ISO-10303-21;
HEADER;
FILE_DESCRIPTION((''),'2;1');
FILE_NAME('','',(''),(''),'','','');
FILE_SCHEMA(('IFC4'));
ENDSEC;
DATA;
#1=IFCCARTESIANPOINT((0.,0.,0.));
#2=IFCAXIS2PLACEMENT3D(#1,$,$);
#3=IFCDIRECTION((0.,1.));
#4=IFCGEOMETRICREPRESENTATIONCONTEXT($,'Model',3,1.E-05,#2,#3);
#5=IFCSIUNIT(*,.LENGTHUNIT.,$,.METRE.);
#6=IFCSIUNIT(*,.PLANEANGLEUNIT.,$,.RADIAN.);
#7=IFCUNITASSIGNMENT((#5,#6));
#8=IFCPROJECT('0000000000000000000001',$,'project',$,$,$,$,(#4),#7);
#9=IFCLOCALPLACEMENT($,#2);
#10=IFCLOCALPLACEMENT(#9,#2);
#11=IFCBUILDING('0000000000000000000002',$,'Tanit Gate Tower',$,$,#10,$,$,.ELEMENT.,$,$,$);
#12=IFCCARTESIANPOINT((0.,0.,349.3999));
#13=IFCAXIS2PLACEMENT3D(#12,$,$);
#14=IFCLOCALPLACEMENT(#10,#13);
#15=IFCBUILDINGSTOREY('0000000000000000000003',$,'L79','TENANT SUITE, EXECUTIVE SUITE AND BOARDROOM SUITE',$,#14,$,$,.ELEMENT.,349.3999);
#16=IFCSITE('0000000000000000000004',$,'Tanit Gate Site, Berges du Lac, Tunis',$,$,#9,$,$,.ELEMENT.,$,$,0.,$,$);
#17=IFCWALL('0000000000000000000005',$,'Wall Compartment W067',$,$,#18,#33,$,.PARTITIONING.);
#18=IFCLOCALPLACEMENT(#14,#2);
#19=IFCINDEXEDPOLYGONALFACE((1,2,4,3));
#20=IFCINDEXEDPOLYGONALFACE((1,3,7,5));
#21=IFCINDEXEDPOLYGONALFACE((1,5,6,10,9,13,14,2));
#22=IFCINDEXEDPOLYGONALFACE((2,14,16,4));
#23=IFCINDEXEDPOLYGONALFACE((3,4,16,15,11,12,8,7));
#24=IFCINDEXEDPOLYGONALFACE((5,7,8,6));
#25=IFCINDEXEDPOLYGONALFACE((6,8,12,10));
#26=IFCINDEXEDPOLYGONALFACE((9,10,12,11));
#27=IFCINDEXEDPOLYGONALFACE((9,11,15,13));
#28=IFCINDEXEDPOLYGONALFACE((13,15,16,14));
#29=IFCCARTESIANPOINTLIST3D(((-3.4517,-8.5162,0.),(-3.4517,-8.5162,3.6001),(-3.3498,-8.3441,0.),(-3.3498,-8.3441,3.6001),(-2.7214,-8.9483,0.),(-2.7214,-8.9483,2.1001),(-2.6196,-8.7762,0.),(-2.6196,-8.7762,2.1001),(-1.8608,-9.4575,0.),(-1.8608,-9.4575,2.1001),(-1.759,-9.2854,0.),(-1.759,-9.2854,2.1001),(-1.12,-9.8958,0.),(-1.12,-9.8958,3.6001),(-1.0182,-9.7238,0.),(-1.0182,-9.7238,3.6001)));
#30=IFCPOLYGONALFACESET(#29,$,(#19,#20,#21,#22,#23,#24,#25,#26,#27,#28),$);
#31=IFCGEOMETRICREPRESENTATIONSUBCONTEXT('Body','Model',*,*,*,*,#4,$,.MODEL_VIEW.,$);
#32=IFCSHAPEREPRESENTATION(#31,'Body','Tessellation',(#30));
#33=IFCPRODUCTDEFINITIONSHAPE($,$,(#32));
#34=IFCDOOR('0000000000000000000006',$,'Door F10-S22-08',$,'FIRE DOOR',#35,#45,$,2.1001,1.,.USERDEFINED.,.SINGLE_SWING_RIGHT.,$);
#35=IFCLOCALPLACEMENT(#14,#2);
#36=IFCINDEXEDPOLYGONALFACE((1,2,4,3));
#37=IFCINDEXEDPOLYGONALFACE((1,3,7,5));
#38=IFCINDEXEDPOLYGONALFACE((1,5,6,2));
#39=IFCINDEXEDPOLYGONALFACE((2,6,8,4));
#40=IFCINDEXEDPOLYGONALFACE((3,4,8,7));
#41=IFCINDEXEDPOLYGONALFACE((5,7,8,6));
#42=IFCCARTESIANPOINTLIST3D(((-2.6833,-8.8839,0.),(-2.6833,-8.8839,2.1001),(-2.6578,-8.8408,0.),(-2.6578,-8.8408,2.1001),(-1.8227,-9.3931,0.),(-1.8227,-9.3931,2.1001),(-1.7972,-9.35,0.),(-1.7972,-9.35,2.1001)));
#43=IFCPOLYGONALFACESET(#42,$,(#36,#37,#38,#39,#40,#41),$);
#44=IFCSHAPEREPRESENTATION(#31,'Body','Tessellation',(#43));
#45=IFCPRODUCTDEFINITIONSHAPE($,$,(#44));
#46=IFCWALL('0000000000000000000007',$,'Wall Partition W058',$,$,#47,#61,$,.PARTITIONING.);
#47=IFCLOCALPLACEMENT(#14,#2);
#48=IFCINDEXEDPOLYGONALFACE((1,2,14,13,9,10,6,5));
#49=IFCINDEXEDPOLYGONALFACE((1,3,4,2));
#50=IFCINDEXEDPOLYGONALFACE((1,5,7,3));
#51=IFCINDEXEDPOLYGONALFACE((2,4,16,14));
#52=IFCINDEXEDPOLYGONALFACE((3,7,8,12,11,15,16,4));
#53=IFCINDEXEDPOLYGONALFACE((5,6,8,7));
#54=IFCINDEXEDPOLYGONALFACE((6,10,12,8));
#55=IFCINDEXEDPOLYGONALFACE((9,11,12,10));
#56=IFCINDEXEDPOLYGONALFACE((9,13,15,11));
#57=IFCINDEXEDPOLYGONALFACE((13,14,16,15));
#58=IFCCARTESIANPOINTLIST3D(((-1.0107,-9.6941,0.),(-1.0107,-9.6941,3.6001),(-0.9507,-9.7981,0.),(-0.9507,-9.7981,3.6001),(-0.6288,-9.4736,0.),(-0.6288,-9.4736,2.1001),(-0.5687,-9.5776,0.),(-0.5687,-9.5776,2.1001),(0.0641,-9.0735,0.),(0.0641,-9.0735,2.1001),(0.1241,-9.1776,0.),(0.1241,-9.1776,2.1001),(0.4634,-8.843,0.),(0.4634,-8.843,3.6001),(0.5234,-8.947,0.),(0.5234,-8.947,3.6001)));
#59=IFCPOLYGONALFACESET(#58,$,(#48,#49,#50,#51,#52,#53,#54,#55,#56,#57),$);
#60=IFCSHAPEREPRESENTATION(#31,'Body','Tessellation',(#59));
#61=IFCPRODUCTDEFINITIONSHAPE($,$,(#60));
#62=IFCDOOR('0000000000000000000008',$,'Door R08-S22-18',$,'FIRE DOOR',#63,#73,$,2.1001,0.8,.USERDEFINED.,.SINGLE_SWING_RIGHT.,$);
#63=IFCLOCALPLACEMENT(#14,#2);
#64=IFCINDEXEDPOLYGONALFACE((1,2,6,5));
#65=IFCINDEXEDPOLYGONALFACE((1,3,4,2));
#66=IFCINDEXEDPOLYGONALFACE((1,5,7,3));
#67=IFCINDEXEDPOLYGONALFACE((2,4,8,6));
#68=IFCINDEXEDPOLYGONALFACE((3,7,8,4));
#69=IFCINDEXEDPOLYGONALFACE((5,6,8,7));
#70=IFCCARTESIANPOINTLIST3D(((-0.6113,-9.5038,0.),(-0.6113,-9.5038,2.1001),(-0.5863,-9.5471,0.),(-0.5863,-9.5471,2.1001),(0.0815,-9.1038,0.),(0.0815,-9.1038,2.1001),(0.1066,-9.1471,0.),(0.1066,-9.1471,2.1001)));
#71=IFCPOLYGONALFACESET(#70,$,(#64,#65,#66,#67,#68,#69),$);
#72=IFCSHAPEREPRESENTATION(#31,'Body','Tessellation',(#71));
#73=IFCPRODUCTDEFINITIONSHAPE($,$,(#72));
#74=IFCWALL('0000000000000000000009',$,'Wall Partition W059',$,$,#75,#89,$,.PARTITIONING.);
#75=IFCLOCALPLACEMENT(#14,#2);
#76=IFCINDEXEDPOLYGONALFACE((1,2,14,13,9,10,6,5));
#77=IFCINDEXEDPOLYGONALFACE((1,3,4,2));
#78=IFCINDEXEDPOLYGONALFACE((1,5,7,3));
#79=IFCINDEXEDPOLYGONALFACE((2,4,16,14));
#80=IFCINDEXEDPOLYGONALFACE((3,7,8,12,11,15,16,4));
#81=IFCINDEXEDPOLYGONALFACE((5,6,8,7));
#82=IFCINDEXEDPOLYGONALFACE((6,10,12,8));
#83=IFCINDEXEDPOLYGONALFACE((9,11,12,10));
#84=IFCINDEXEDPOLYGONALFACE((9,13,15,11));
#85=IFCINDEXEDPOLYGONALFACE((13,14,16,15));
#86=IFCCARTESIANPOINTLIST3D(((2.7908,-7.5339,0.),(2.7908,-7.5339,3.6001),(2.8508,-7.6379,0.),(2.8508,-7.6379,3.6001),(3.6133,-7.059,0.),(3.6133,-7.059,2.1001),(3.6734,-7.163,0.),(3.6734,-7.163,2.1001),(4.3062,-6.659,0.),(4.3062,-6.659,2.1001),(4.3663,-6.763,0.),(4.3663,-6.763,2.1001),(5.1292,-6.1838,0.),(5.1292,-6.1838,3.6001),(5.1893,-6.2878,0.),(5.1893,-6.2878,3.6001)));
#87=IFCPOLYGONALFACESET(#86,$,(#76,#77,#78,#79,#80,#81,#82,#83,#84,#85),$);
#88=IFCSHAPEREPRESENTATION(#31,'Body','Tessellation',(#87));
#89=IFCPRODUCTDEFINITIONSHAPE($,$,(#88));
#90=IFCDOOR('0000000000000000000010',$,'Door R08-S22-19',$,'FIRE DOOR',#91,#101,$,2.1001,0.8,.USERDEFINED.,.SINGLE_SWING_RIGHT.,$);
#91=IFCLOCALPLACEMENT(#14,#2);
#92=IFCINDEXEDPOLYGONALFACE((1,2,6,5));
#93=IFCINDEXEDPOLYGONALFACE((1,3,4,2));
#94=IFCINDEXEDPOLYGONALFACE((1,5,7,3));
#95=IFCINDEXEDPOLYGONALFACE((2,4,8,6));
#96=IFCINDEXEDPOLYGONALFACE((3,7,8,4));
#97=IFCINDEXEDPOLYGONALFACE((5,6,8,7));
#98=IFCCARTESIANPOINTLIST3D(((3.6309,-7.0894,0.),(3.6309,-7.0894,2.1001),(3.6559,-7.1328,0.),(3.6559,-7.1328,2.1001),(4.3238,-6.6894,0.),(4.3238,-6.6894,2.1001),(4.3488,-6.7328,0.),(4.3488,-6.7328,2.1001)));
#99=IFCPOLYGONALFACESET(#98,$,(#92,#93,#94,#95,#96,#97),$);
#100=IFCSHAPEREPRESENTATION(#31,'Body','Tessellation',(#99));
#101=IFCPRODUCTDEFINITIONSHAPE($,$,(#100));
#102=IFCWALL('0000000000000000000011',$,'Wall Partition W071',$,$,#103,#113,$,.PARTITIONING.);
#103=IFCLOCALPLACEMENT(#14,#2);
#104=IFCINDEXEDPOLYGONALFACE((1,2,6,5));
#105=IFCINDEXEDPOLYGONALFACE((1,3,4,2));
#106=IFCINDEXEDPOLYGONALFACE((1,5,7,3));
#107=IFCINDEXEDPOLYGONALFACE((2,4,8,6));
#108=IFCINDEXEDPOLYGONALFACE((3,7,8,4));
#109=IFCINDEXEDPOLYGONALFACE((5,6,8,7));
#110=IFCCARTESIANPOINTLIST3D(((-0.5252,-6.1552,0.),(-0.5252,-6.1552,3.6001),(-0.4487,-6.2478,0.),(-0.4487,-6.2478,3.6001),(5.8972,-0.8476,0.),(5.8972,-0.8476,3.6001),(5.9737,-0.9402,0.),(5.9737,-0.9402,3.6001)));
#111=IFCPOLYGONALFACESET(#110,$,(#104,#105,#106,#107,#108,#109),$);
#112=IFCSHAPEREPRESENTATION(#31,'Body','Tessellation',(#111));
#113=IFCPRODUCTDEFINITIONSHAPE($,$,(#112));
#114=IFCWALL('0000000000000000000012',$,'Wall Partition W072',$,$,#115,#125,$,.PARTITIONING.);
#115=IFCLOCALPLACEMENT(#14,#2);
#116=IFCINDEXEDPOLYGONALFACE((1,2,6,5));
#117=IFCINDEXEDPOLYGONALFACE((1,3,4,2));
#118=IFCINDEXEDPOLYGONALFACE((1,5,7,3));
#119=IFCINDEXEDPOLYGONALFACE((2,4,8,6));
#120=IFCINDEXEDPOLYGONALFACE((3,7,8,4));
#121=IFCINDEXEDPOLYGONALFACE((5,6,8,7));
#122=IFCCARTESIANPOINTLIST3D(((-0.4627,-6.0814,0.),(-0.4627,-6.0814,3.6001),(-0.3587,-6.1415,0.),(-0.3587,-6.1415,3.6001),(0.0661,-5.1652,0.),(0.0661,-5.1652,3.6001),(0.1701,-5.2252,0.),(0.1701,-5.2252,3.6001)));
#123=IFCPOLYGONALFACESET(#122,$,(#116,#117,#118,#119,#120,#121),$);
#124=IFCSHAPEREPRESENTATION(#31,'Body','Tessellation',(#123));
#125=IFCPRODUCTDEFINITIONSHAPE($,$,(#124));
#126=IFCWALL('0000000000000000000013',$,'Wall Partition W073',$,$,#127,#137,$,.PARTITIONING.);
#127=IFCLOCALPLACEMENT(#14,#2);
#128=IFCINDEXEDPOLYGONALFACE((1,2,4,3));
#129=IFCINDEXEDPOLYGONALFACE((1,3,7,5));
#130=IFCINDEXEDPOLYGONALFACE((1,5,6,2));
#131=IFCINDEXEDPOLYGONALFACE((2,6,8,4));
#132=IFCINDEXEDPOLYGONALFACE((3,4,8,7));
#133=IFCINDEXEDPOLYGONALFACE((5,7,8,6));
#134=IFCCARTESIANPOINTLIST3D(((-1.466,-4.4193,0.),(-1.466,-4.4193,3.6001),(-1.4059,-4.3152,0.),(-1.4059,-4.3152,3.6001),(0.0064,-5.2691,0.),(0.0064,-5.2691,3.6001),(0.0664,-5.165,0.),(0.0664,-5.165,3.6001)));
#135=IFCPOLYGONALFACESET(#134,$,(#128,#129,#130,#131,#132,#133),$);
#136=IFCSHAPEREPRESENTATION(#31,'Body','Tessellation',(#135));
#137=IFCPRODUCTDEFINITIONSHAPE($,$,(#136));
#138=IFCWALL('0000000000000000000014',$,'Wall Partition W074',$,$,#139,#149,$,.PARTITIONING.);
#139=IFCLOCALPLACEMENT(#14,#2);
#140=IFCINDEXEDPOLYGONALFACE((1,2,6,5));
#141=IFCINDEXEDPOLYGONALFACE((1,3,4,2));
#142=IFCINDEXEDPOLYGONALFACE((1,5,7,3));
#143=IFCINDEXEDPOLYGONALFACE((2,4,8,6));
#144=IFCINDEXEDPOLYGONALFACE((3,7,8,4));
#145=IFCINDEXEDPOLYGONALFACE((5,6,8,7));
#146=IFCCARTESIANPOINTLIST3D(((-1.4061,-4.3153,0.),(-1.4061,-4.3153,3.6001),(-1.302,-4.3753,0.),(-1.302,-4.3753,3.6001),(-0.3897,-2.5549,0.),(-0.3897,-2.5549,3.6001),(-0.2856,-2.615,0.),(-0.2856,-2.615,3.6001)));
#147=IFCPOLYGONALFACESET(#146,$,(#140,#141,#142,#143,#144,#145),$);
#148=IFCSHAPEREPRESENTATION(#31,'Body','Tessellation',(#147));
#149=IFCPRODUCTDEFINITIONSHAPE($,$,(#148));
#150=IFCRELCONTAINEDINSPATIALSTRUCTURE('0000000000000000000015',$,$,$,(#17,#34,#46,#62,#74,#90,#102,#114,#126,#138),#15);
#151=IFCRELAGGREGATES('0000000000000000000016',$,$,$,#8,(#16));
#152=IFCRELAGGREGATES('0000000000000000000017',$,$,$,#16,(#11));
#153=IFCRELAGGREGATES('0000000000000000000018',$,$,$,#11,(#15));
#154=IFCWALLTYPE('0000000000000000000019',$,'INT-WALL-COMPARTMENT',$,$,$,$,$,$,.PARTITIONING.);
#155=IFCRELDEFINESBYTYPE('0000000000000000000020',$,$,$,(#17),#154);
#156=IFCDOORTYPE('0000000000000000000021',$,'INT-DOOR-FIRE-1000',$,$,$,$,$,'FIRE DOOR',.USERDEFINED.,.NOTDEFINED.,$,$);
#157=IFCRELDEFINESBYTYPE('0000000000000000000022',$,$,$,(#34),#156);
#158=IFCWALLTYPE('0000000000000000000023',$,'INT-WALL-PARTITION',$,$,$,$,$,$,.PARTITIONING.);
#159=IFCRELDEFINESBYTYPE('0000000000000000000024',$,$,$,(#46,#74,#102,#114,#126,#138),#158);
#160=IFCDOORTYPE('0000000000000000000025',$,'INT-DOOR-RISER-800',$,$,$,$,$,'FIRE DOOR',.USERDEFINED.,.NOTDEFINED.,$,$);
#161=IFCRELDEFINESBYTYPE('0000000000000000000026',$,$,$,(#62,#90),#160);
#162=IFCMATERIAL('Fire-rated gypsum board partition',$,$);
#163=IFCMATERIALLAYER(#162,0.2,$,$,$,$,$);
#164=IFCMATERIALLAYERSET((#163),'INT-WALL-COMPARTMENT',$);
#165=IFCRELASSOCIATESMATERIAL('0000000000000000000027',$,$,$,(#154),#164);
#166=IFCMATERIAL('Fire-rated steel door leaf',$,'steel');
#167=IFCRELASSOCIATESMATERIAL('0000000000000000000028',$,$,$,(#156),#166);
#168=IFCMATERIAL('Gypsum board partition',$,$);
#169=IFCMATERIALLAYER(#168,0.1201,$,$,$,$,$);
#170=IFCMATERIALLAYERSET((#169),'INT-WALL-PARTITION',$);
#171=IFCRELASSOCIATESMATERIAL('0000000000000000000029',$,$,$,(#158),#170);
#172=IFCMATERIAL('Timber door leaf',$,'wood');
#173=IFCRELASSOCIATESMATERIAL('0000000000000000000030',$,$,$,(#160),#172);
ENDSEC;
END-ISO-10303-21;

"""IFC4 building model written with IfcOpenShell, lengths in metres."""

from ifc_helpers import new_model, si_unit, direction, frame, frame_2d, origin, place, context, subcontext, project, spatial, rectangle, extrude, material, layer, layer_set, type_object, element, fill, save


model = new_model("IFC4")

# Units and contexts
model_context = context("Model", 3, precision=1e-05, world=origin(), true_north=direction((0.0, 1.0)))
body_context = subcontext(model_context, "Body", "Model", "MODEL_VIEW")
ifc_project = project(units=[si_unit("LENGTHUNIT", "METRE"), si_unit("PLANEANGLEUNIT", "RADIAN")], contexts=[model_context])

# Site, building, storey
site_placement = place(None, origin())
site = spatial("IfcSite", under=ifc_project, at=site_placement, Name="Tanit Gate Site, Berges du Lac, Tunis", CompositionType="ELEMENT", RefElevation=0.0)
building_placement = place(site_placement, origin())
building = spatial("IfcBuilding", under=site, at=building_placement, Name="Tanit Gate Tower", CompositionType="ELEMENT")
storey_placement = place(building_placement, frame((0.0, 0.0, 349.3999)))
storey = spatial("IfcBuildingStorey", under=building, at=storey_placement, Name="L79", Description="TENANT SUITE, EXECUTIVE SUITE AND BOARDROOM SUITE", CompositionType="ELEMENT", Elevation=349.3999)

# Walls, openings, doors
ifc_material_1 = material(Name="Fire-rated gypsum board partition")
ifc_layer_1 = layer(ifc_material_1, 0.2)
ifc_layer_set_1 = layer_set([ifc_layer_1], Name="INT-WALL-COMPARTMENT")
wall_type_1 = type_object("IfcWallType", Name="INT-WALL-COMPARTMENT", PredefinedType="PARTITIONING", material=ifc_layer_set_1)
wall_1_placement = place(storey_placement, frame((-3.4006, -8.4302, 0.0), z_axis=(0.0, 0.0, 1.0), x_axis=(0.860618, -0.509251, 0.0)))
wall_1 = element("IfcWall", 1, at=wall_1_placement, inside=storey, type_object=wall_type_1, Name="Wall Compartment W067", PredefinedType="PARTITIONING", context=body_context, shape_type="SweptSolid", body=[
    extrude(rectangle(XDim=2.7092, YDim=0.2, at=frame_2d((1.3545, 0.0))), origin(), (0.0, 0.0, 1.0), 3.6001),
])
opening_1_placement = place(wall_1_placement, frame((0.8484, 0.0, 0.0)))
opening_1 = element("IfcOpeningElement", 2, at=opening_1_placement, cuts=wall_1, PredefinedType="OPENING", context=body_context, shape_type="SweptSolid", body=[
    extrude(rectangle(XDim=1.0, YDim=2.1001, at=frame_2d((0.5, 1.05))), frame((0.0, 0.1099, 0.0), z_axis=(0.0, -1.0, 0.0), x_axis=(1.0, 0.0, 0.0)), (0.0, 0.0, 1.0), 0.22),
])
ifc_material_2 = material(Name="Fire-rated steel door leaf", Category="steel")
door_type_1 = type_object("IfcDoorType", Name="INT-DOOR-FIRE-1000", ElementType="FIRE DOOR", OperationType="NOTDEFINED", PredefinedType="USERDEFINED", material=ifc_material_2)
door_1_placement = place(opening_1_placement, origin())
door_1 = element("IfcDoor", 3, at=door_1_placement, inside=storey, type_object=door_type_1, Name="Door F10-S22-08", ObjectType="FIRE DOOR", OperationType="SINGLE_SWING_RIGHT", OverallHeight=2.1001, OverallWidth=1.0, PredefinedType="USERDEFINED", context=body_context, shape_type="SweptSolid", body=[
    extrude(rectangle(XDim=1.0, YDim=2.1001, at=frame_2d((0.5, 1.05))), frame((0.0, 0.0249, 0.0), z_axis=(0.0, -1.0, 0.0), x_axis=(1.0, 0.0, 0.0)), (0.0, 0.0, 1.0), 0.05),
])
fill(opening_1, door_1)
ifc_material_3 = material(Name="Gypsum board partition")
ifc_layer_2 = layer(ifc_material_3, 0.1201)
ifc_layer_set_2 = layer_set([ifc_layer_2], Name="INT-WALL-PARTITION")
wall_type_2 = type_object("IfcWallType", Name="INT-WALL-PARTITION", PredefinedType="PARTITIONING", material=ifc_layer_set_2)
wall_2_placement = place(storey_placement, frame((0.4934, -8.895, 0.0), z_axis=(0.0, 0.0, 1.0), x_axis=(-0.866028, -0.499996, 0.0)))
wall_2 = element("IfcWall", 4, at=wall_2_placement, inside=storey, type_object=wall_type_2, Name="Wall Partition W058", PredefinedType="PARTITIONING", context=body_context, shape_type="SweptSolid", body=[
    extrude(rectangle(XDim=1.7021, YDim=0.1201, at=frame_2d((0.8511, 0.0))), origin(), (0.0, 0.0, 1.0), 3.6001),
])
opening_2_placement = place(wall_2_placement, frame((0.4612, 0.0, 0.0)))
opening_2 = element("IfcOpeningElement", 5, at=opening_2_placement, cuts=wall_2, PredefinedType="OPENING", context=body_context, shape_type="SweptSolid", body=[
    extrude(rectangle(XDim=0.8, YDim=2.1001, at=frame_2d((0.3999, 1.05))), frame((0.0, 0.0701, 0.0), z_axis=(0.0, -1.0, 0.0), x_axis=(1.0, 0.0, 0.0)), (0.0, 0.0, 1.0), 0.1401),
])
ifc_material_4 = material(Name="Timber door leaf", Category="wood")
door_type_2 = type_object("IfcDoorType", Name="INT-DOOR-RISER-800", ElementType="FIRE DOOR", OperationType="NOTDEFINED", PredefinedType="USERDEFINED", material=ifc_material_4)
door_2_placement = place(opening_2_placement, origin())
door_2 = element("IfcDoor", 6, at=door_2_placement, inside=storey, type_object=door_type_2, Name="Door R08-S22-18", ObjectType="FIRE DOOR", OperationType="SINGLE_SWING_RIGHT", OverallHeight=2.1001, OverallWidth=0.8, PredefinedType="USERDEFINED", context=body_context, shape_type="SweptSolid", body=[
    extrude(rectangle(XDim=0.8, YDim=2.1001, at=frame_2d((0.3999, 1.05))), frame((0.0, 0.0249, 0.0), z_axis=(0.0, -1.0, 0.0), x_axis=(1.0, 0.0, 0.0)), (0.0, 0.0, 1.0), 0.05),
])
fill(opening_2, door_2)
wall_3_placement = place(storey_placement, frame((2.8208, -7.5859, 0.0), z_axis=(0.0, 0.0, 1.0), x_axis=(0.86602, 0.500009, 0.0)))
wall_3 = element("IfcWall", 7, at=wall_3_placement, inside=storey, type_object=wall_type_2, Name="Wall Partition W059", PredefinedType="PARTITIONING", context=body_context, shape_type="SweptSolid", body=[
    extrude(rectangle(XDim=2.7002, YDim=0.1201, at=frame_2d((1.3501, 0.0))), origin(), (0.0, 0.0, 1.0), 3.6001),
])
opening_3_placement = place(wall_3_placement, frame((0.95, 0.0, 0.0)))
opening_3 = element("IfcOpeningElement", 8, at=opening_3_placement, cuts=wall_3, PredefinedType="OPENING", context=body_context, shape_type="SweptSolid", body=[
    extrude(rectangle(XDim=0.8, YDim=2.1001, at=frame_2d((0.3999, 1.05))), frame((0.0, 0.0701, 0.0), z_axis=(0.0, -1.0, 0.0), x_axis=(1.0, 0.0, 0.0)), (0.0, 0.0, 1.0), 0.1401),
])
door_3_placement = place(opening_3_placement, origin())
door_3 = element("IfcDoor", 9, at=door_3_placement, inside=storey, type_object=door_type_2, Name="Door R08-S22-19", ObjectType="FIRE DOOR", OperationType="SINGLE_SWING_RIGHT", OverallHeight=2.1001, OverallWidth=0.8, PredefinedType="USERDEFINED", context=body_context, shape_type="SweptSolid", body=[
    extrude(rectangle(XDim=0.8, YDim=2.1001, at=frame_2d((0.3999, 1.05))), frame((0.0, 0.0249, 0.0), z_axis=(0.0, -1.0, 0.0), x_axis=(1.0, 0.0, 0.0)), (0.0, 0.0, 1.0), 0.05),
])
fill(opening_3, door_3)

# Walls
wall_4_placement = place(storey_placement, frame((5.9355, -0.8938, 0.0), z_axis=(0.0, 0.0, 1.0), x_axis=(-0.770833, -0.637037, 0.0)))
element("IfcWall", 10, at=wall_4_placement, inside=storey, type_object=wall_type_2, Name="Wall Partition W071", PredefinedType="PARTITIONING", context=body_context, shape_type="SweptSolid", body=[
    extrude(rectangle(XDim=8.3318, YDim=0.1201, at=frame_2d((4.166, 0.0))), origin(), (0.0, 0.0, 1.0), 3.6001),
])
wall_5_placement = place(storey_placement, frame((-0.4106, -6.1113, 0.0), z_axis=(0.0, 0.0, 1.0), x_axis=(0.499862, 0.866105, 0.0)))
element("IfcWall", 11, at=wall_5_placement, inside=storey, type_object=wall_type_2, Name="Wall Partition W072", PredefinedType="PARTITIONING", context=body_context, shape_type="SweptSolid", body=[
    extrude(rectangle(XDim=1.0579, YDim=0.1201, at=frame_2d((0.5288, 0.0))), origin(), (0.0, 0.0, 1.0), 3.6001),
])
wall_6_placement = place(storey_placement, frame((-1.436, -4.3672, 0.0), z_axis=(0.0, 0.0, 1.0), x_axis=(0.866088, -0.499892, 0.0)))
element("IfcWall", 12, at=wall_6_placement, inside=storey, type_object=wall_type_2, Name="Wall Partition W073", PredefinedType="PARTITIONING", context=body_context, shape_type="SweptSolid", body=[
    extrude(rectangle(XDim=1.7, YDim=0.1201, at=frame_2d((0.8501, 0.0))), origin(), (0.0, 0.0, 1.0), 3.6001),
])
wall_7_placement = place(storey_placement, frame((-0.3376, -2.585, 0.0), z_axis=(0.0, 0.0, 1.0), x_axis=(-0.500027, -0.86601, 0.0)))
element("IfcWall", 13, at=wall_7_placement, inside=storey, type_object=wall_type_2, Name="Wall Partition W074", PredefinedType="PARTITIONING", context=body_context, shape_type="SweptSolid", body=[
    extrude(rectangle(XDim=2.0327, YDim=0.1201, at=frame_2d((1.0164, 0.0))), origin(), (0.0, 0.0, 1.0), 3.6001),
])

save(model, "model.ifc")
